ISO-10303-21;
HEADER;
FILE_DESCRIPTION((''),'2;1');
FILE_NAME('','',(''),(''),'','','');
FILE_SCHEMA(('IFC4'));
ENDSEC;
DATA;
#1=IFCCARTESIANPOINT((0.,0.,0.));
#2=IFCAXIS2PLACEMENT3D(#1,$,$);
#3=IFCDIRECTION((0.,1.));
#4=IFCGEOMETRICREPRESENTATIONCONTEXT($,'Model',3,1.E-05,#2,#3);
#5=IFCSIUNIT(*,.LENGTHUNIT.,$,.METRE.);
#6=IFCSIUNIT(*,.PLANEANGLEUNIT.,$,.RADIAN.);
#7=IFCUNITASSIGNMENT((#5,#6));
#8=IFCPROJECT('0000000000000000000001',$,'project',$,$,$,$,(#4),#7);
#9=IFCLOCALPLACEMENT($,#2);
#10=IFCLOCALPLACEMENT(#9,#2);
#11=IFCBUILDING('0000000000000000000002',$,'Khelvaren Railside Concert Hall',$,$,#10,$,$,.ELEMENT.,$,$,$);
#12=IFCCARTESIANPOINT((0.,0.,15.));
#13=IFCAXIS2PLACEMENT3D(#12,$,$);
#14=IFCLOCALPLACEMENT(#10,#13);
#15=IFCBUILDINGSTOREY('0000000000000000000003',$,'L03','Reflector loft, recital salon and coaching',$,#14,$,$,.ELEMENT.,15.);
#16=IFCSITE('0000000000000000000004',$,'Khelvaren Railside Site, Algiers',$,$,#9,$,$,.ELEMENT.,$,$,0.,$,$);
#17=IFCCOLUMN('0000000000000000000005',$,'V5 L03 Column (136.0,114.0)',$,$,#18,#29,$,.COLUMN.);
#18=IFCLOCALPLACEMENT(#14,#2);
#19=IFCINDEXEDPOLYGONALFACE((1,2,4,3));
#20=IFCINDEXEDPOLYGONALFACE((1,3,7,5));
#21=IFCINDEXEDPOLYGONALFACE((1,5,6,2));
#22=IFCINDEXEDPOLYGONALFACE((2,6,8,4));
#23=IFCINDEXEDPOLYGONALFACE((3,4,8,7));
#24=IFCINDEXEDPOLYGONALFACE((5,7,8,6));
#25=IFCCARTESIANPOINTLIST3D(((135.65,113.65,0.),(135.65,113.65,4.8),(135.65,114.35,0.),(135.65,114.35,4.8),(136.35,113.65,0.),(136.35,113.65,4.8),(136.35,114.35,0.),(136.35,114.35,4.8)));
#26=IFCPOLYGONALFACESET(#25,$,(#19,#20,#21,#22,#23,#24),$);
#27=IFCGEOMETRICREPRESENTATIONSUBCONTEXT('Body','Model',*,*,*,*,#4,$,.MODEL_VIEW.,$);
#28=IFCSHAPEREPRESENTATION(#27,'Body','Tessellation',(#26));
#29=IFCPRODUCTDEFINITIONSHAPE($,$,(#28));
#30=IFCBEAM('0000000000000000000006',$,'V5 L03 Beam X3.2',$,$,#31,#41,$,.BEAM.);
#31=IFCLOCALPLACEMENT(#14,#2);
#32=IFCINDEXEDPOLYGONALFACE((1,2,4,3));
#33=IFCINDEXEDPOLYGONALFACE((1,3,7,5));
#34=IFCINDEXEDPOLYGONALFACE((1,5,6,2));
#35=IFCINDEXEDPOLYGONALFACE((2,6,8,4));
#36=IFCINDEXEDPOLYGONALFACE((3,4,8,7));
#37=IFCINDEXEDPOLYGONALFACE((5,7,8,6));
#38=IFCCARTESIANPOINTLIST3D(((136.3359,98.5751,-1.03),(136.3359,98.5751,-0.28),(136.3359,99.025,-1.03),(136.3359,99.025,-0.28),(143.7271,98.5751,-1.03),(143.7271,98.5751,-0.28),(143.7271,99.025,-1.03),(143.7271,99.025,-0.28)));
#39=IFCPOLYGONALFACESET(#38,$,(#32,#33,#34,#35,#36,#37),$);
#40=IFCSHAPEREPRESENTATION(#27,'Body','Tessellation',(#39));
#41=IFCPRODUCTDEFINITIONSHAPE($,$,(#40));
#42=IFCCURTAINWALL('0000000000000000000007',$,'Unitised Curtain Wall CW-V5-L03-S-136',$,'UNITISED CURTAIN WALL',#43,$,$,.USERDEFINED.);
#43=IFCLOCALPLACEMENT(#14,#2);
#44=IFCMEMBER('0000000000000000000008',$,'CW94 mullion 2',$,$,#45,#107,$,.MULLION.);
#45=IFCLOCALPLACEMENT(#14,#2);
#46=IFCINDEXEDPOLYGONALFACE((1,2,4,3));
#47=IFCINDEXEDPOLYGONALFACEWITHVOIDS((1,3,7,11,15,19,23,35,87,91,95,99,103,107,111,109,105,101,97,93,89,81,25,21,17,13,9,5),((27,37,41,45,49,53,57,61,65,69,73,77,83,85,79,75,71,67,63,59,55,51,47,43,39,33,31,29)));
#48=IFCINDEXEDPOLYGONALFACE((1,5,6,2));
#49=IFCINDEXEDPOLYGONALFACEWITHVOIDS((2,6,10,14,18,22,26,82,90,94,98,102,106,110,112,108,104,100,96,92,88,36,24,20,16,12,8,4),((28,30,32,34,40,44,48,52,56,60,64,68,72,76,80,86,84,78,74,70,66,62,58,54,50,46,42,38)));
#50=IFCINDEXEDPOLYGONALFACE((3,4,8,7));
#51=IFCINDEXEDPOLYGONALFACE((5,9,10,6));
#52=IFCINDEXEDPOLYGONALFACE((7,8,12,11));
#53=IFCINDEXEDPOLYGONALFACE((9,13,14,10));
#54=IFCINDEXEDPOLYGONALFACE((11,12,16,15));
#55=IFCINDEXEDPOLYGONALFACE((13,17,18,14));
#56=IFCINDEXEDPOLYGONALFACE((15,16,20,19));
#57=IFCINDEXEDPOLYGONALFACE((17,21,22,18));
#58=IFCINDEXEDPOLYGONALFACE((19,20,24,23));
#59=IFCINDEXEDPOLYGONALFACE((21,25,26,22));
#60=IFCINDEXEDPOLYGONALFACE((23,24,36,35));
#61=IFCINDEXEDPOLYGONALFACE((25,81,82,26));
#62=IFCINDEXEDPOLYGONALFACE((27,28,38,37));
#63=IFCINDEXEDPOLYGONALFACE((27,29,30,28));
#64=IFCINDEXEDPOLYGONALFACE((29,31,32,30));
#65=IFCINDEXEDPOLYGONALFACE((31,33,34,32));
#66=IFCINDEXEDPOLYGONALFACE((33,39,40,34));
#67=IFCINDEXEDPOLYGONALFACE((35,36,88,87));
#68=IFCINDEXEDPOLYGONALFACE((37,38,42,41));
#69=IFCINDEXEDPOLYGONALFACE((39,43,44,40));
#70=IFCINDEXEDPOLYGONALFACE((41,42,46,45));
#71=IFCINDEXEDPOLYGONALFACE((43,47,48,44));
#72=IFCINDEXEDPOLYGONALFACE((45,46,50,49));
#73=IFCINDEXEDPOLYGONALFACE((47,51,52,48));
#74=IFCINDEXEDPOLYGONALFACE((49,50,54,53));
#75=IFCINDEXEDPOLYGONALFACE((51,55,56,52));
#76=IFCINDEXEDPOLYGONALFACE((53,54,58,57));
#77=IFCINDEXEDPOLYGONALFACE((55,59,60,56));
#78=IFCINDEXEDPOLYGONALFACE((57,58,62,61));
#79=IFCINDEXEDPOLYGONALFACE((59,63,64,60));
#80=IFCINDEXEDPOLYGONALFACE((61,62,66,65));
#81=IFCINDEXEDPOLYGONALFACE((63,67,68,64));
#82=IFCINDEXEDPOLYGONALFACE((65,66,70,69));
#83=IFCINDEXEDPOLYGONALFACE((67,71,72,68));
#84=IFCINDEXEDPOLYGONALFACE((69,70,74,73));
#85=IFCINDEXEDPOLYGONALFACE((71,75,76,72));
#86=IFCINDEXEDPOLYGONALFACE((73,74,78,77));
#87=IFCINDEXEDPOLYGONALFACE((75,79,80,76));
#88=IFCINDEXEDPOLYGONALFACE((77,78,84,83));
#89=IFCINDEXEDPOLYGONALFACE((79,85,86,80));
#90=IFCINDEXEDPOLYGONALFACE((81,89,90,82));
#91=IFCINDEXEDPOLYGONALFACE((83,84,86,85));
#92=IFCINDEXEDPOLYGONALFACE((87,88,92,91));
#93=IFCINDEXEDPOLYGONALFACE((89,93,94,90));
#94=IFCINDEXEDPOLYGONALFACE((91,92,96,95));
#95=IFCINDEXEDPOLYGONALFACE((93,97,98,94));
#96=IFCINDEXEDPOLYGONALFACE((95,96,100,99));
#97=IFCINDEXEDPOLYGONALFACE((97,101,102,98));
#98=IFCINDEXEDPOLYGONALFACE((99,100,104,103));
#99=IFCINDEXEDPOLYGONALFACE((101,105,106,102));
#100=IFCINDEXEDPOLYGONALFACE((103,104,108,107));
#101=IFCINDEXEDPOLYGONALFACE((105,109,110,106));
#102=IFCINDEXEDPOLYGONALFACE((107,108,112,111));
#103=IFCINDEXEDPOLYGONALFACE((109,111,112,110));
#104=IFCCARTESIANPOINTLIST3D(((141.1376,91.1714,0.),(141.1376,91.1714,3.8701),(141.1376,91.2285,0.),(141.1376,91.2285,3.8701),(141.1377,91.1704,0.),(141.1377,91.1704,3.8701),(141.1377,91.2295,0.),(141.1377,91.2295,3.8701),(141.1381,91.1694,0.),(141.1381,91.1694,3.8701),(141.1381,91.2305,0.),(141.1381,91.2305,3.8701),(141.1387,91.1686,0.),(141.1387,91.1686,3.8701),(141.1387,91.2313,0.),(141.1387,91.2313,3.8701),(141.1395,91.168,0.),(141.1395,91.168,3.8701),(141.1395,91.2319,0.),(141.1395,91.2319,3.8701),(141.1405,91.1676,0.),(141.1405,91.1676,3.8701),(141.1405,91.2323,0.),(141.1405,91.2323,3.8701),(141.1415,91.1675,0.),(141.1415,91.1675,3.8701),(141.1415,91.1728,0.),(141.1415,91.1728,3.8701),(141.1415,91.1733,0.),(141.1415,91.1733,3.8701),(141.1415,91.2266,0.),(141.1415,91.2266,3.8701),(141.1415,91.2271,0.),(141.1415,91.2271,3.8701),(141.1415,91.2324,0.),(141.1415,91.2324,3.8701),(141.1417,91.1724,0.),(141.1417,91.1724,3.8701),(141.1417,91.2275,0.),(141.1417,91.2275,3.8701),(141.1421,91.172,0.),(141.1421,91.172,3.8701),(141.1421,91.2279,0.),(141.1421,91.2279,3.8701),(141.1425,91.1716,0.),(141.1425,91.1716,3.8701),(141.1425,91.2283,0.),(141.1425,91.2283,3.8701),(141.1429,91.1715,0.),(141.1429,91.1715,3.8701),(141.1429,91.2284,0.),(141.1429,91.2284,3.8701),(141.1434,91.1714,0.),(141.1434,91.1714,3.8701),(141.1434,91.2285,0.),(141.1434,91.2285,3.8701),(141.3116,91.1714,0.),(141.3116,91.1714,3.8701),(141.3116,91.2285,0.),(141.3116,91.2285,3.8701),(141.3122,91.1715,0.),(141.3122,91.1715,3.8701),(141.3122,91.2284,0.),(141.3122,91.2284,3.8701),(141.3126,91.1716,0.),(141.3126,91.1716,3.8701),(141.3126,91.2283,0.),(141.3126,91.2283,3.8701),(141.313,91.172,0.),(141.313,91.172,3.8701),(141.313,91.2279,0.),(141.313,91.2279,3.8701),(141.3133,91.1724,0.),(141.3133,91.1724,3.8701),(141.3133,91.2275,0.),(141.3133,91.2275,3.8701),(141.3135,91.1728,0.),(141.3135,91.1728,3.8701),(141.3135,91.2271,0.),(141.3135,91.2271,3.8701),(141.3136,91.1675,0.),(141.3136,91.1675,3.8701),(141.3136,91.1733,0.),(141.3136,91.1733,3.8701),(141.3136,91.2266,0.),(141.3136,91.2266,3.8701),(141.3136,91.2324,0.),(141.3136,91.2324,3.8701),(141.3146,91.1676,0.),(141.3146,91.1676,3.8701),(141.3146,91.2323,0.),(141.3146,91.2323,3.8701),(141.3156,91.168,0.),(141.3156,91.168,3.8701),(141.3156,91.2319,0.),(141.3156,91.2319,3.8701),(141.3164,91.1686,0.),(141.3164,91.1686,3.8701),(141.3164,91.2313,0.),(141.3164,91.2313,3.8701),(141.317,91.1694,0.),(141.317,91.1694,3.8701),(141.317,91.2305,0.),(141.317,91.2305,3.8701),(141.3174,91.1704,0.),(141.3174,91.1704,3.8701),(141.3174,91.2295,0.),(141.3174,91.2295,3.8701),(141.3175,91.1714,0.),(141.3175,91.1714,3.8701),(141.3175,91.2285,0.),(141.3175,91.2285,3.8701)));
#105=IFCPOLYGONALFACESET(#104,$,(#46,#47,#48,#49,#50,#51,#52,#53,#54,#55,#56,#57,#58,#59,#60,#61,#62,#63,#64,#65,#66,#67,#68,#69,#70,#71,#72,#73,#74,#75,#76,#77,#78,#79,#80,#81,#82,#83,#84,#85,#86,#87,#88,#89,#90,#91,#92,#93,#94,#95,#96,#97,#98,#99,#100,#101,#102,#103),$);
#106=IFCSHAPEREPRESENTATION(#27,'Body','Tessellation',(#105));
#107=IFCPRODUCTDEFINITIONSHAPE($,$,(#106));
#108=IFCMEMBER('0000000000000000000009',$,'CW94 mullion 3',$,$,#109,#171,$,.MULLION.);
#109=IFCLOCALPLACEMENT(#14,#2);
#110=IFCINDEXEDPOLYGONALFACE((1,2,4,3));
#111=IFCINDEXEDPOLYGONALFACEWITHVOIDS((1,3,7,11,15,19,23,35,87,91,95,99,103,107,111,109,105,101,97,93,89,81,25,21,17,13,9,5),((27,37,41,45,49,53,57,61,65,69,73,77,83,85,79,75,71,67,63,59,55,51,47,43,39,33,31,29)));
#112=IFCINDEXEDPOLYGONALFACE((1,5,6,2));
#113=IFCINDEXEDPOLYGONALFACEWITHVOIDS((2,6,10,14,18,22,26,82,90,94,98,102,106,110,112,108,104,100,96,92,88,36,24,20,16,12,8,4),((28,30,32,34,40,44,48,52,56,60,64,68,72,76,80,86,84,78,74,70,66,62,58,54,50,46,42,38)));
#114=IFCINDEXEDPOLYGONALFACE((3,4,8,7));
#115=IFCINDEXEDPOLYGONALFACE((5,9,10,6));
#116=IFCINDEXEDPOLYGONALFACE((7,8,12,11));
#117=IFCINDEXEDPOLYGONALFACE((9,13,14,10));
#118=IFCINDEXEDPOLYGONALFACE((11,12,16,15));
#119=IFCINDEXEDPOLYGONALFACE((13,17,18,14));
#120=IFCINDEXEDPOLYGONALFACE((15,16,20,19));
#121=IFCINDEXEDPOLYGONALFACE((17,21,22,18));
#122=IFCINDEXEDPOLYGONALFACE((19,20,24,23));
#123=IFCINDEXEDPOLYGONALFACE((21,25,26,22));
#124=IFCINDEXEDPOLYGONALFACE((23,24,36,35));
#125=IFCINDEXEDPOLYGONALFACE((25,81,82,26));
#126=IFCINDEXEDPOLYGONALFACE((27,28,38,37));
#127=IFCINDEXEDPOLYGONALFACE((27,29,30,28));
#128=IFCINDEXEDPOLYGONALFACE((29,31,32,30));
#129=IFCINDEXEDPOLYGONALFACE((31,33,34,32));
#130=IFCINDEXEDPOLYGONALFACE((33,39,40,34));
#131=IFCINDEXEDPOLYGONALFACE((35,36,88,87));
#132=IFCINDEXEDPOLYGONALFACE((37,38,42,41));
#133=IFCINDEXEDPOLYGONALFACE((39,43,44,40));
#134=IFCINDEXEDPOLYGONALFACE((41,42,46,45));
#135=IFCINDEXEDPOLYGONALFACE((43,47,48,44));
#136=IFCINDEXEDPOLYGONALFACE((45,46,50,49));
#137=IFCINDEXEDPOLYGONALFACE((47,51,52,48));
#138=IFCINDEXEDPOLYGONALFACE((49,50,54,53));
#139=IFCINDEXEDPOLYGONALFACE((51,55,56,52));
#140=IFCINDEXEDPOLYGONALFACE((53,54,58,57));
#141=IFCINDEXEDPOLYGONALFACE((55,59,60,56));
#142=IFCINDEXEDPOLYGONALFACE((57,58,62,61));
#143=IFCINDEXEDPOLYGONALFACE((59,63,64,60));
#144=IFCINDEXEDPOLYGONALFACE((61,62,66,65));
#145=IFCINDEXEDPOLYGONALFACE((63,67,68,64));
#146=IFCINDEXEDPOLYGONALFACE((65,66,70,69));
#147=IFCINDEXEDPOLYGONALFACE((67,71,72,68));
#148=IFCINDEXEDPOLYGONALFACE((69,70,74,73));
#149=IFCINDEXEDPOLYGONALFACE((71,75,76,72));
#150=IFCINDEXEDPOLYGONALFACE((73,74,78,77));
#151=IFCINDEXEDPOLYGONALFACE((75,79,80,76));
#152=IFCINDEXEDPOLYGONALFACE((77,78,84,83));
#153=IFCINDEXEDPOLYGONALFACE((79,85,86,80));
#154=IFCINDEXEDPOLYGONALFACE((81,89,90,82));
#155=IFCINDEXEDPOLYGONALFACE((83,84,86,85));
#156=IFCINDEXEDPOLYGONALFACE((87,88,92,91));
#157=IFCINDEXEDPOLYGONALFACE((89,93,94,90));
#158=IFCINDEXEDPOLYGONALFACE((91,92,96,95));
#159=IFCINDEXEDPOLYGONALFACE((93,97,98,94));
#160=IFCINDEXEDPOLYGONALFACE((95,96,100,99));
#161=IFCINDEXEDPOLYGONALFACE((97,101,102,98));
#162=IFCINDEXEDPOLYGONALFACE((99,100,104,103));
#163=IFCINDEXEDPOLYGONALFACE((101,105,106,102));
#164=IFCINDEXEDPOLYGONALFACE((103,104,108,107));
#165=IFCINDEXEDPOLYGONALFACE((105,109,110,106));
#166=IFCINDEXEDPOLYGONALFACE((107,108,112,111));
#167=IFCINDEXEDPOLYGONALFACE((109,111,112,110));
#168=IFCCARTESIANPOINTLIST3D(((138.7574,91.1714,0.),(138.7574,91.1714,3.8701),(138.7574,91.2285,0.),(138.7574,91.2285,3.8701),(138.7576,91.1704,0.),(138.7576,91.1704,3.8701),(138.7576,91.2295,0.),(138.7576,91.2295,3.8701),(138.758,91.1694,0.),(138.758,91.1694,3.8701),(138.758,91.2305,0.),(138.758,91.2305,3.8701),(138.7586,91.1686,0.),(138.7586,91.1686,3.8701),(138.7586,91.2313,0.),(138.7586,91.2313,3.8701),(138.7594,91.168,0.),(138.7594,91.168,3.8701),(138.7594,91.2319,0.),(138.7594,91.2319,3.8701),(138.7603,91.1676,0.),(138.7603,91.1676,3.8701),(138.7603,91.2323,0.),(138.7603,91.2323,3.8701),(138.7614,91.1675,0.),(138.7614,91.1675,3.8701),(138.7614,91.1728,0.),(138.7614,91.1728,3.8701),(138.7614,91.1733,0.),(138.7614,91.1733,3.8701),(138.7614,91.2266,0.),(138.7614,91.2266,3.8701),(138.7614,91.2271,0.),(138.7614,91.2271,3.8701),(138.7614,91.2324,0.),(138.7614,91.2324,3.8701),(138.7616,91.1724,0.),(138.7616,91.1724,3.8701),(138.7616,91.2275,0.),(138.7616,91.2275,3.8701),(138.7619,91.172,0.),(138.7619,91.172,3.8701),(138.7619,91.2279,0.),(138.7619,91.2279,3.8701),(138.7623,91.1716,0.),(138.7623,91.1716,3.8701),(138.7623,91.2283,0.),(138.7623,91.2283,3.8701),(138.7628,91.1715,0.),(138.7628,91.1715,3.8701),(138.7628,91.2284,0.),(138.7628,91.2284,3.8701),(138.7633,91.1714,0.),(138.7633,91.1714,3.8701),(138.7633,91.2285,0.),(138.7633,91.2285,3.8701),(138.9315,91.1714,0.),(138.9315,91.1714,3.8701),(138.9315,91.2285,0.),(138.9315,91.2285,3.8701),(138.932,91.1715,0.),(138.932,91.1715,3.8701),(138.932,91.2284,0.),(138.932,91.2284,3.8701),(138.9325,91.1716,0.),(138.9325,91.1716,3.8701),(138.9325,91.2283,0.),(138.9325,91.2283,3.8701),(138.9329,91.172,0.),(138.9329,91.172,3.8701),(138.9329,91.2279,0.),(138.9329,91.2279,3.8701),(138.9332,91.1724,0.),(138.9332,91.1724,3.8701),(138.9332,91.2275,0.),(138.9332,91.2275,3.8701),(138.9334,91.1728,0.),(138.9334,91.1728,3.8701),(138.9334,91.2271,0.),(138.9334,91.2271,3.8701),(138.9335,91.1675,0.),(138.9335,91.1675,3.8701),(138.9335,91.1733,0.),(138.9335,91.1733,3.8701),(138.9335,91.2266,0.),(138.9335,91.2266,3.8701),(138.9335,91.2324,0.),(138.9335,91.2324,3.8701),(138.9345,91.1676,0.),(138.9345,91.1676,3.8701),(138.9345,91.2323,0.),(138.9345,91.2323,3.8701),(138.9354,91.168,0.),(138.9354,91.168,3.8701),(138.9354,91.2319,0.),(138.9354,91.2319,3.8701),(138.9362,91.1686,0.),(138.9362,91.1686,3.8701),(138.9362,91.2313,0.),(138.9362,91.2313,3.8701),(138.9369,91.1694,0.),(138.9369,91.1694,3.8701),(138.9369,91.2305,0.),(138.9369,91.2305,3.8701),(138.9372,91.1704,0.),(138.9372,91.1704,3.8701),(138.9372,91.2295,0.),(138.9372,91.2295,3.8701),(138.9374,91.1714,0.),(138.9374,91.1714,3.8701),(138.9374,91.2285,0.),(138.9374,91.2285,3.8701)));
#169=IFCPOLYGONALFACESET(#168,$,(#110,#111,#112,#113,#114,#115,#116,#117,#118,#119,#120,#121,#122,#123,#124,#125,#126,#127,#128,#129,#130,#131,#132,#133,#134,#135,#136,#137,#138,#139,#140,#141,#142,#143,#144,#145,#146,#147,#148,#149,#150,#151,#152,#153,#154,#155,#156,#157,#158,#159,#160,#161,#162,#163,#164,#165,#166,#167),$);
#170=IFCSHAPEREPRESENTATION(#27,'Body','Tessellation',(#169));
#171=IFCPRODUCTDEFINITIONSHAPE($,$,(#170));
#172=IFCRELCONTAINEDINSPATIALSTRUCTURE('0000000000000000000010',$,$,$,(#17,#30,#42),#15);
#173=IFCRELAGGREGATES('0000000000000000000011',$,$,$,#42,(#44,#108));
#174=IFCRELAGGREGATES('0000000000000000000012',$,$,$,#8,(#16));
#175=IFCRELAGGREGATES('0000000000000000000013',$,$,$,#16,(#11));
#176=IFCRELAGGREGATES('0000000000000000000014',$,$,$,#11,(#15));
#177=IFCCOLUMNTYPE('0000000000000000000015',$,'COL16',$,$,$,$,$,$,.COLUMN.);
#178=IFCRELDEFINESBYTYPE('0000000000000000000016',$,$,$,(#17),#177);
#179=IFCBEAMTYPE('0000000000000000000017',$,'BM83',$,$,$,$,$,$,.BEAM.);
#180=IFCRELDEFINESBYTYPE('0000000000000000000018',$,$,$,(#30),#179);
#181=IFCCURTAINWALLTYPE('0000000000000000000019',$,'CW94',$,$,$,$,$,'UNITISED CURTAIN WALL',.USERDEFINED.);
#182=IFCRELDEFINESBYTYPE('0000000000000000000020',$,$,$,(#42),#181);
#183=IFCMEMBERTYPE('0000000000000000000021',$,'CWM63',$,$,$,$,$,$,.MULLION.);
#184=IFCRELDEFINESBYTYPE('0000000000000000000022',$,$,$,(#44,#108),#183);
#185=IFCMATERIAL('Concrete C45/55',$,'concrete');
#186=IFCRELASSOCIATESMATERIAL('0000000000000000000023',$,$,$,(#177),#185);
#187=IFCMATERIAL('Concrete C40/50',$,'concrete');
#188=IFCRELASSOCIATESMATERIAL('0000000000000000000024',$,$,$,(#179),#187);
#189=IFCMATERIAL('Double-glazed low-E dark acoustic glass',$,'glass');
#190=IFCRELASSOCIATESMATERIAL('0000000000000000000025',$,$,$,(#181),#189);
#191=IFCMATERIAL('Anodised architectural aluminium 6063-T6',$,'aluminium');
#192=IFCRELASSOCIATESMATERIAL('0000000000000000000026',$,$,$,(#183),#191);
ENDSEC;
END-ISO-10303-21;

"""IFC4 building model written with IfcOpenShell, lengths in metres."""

from ifc_helpers import new_model, si_unit, direction, frame, origin, origin_2d, place, context, subcontext, project, spatial, rectangle, hollow_rectangle, extrude, material, material_profile, profile_set, type_object, element, aggregate, save


model = new_model("IFC4")

# Units and contexts
model_context = context("Model", 3, precision=1e-05, world=origin(), true_north=direction((0.0, 1.0)))
body_context = subcontext(model_context, "Body", "Model", "MODEL_VIEW")
ifc_project = project(units=[si_unit("LENGTHUNIT", "METRE"), si_unit("PLANEANGLEUNIT", "RADIAN")], contexts=[model_context])

# Site, building, storey
site_placement = place(None, origin())
site = spatial("IfcSite", under=ifc_project, at=site_placement, Name="Khelvaren Railside Site, Algiers", CompositionType="ELEMENT", RefElevation=0.0)
building_placement = place(site_placement, origin())
building = spatial("IfcBuilding", under=site, at=building_placement, Name="Khelvaren Railside Concert Hall", CompositionType="ELEMENT")
storey_placement = place(building_placement, frame((0.0, 0.0, 15.0)))
storey = spatial("IfcBuildingStorey", under=building, at=storey_placement, Name="L03", Description="Reflector loft, recital salon and coaching", CompositionType="ELEMENT", Elevation=15.0)

# Column
ifc_material_1 = material(Name="Concrete C45/55", Category="concrete")
ifc_material_profile_1 = material_profile(ifc_material_1, rectangle(XDim=0.7, YDim=0.7, at=origin_2d()), Name="RC 700x700")
ifc_profile_set_1 = profile_set([ifc_material_profile_1], Name="Concrete C45/55")
column_type = type_object("IfcColumnType", Name="COL16", PredefinedType="COLUMN", material=ifc_profile_set_1)
column_placement = place(storey_placement, frame((136.0, 114.0, 0.0), z_axis=(0.0, 0.0, 1.0), x_axis=(1.0, 0.0, 0.0)))
element("IfcColumn", 1, at=column_placement, inside=storey, type_object=column_type, Name="V5 L03 Column (136.0,114.0)", PredefinedType="COLUMN", context=body_context, shape_type="SweptSolid", body=[
    extrude(rectangle(XDim=0.7, YDim=0.7, at=origin_2d()), origin(), (0.0, 0.0, 1.0), 4.8),
])

# Beam
ifc_material_2 = material(Name="Concrete C40/50", Category="concrete")
ifc_material_profile_2 = material_profile(ifc_material_2, rectangle(XDim=0.45, YDim=0.75, at=origin_2d()), Name="RCB 450x750")
ifc_profile_set_2 = profile_set([ifc_material_profile_2], Name="Concrete C40/50")
beam_type_1 = type_object("IfcBeamType", Name="BM83", PredefinedType="BEAM", material=ifc_profile_set_2)
beam_1_placement = place(storey_placement, frame((136.3359, 98.8, -0.655), z_axis=(1.0, 0.0, 0.0), x_axis=(0.0, 1.0, 0.0)))
element("IfcBeam", 2, at=beam_1_placement, inside=storey, type_object=beam_type_1, Name="V5 L03 Beam X3.2", PredefinedType="BEAM", context=body_context, shape_type="SweptSolid", body=[
    extrude(rectangle(XDim=0.45, YDim=0.75, at=origin_2d()), origin(), (0.0, 0.0, 1.0), 7.3911),
])

# Curtain wall, members
ifc_material_3 = material(Name="Double-glazed low-E dark acoustic glass", Category="glass")
curtain_wall_type = type_object("IfcCurtainWallType", Name="CW94", ElementType="UNITISED CURTAIN WALL", PredefinedType="USERDEFINED", material=ifc_material_3)
curtain_wall_placement = place(storey_placement, origin())
curtain_wall = element("IfcCurtainWall", 3, at=curtain_wall_placement, inside=storey, type_object=curtain_wall_type, Name="Unitised Curtain Wall CW-V5-L03-S-136", ObjectType="UNITISED CURTAIN WALL", PredefinedType="USERDEFINED")
ifc_material_4 = material(Name="Anodised architectural aluminium 6063-T6", Category="aluminium")
ifc_material_profile_3 = material_profile(ifc_material_4, hollow_rectangle(XDim=0.0649, YDim=0.1799, WallThickness=0.0039, InnerFilletRadius=0.002, OuterFilletRadius=0.0039, at=origin_2d()), Name="CWM 65x180x4")
ifc_profile_set_3 = profile_set([ifc_material_profile_3], Name="Anodised architectural aluminium 6063-T6")
member_type_1 = type_object("IfcMemberType", Name="CWM63", PredefinedType="MULLION", material=ifc_profile_set_3)
member_1_placement = place(storey_placement, frame((141.2275, 91.2, 0.0), z_axis=(0.0, 0.0, 1.0), x_axis=(0.0, -1.0, 0.0)))
member_1 = element("IfcMember", 4, at=member_1_placement, type_object=member_type_1, Name="CW94 mullion 2", PredefinedType="MULLION", context=body_context, shape_type="SweptSolid", body=[
    extrude(hollow_rectangle(XDim=0.0649, YDim=0.1799, WallThickness=0.0039, InnerFilletRadius=0.002, OuterFilletRadius=0.0039, at=origin_2d()), origin(), (0.0, 0.0, 1.0), 3.8701),
])
member_2_placement = place(storey_placement, frame((138.8474, 91.2, 0.0), z_axis=(0.0, 0.0, 1.0), x_axis=(0.0, -1.0, 0.0)))
member_2 = element("IfcMember", 5, at=member_2_placement, type_object=member_type_1, Name="CW94 mullion 3", PredefinedType="MULLION", context=body_context, shape_type="SweptSolid", body=[
    extrude(hollow_rectangle(XDim=0.0649, YDim=0.1799, WallThickness=0.0039, InnerFilletRadius=0.002, OuterFilletRadius=0.0039, at=origin_2d()), origin(), (0.0, 0.0, 1.0), 3.8701),
])

aggregate(curtain_wall, [member_1, member_2])

save(model, "model.ifc")
